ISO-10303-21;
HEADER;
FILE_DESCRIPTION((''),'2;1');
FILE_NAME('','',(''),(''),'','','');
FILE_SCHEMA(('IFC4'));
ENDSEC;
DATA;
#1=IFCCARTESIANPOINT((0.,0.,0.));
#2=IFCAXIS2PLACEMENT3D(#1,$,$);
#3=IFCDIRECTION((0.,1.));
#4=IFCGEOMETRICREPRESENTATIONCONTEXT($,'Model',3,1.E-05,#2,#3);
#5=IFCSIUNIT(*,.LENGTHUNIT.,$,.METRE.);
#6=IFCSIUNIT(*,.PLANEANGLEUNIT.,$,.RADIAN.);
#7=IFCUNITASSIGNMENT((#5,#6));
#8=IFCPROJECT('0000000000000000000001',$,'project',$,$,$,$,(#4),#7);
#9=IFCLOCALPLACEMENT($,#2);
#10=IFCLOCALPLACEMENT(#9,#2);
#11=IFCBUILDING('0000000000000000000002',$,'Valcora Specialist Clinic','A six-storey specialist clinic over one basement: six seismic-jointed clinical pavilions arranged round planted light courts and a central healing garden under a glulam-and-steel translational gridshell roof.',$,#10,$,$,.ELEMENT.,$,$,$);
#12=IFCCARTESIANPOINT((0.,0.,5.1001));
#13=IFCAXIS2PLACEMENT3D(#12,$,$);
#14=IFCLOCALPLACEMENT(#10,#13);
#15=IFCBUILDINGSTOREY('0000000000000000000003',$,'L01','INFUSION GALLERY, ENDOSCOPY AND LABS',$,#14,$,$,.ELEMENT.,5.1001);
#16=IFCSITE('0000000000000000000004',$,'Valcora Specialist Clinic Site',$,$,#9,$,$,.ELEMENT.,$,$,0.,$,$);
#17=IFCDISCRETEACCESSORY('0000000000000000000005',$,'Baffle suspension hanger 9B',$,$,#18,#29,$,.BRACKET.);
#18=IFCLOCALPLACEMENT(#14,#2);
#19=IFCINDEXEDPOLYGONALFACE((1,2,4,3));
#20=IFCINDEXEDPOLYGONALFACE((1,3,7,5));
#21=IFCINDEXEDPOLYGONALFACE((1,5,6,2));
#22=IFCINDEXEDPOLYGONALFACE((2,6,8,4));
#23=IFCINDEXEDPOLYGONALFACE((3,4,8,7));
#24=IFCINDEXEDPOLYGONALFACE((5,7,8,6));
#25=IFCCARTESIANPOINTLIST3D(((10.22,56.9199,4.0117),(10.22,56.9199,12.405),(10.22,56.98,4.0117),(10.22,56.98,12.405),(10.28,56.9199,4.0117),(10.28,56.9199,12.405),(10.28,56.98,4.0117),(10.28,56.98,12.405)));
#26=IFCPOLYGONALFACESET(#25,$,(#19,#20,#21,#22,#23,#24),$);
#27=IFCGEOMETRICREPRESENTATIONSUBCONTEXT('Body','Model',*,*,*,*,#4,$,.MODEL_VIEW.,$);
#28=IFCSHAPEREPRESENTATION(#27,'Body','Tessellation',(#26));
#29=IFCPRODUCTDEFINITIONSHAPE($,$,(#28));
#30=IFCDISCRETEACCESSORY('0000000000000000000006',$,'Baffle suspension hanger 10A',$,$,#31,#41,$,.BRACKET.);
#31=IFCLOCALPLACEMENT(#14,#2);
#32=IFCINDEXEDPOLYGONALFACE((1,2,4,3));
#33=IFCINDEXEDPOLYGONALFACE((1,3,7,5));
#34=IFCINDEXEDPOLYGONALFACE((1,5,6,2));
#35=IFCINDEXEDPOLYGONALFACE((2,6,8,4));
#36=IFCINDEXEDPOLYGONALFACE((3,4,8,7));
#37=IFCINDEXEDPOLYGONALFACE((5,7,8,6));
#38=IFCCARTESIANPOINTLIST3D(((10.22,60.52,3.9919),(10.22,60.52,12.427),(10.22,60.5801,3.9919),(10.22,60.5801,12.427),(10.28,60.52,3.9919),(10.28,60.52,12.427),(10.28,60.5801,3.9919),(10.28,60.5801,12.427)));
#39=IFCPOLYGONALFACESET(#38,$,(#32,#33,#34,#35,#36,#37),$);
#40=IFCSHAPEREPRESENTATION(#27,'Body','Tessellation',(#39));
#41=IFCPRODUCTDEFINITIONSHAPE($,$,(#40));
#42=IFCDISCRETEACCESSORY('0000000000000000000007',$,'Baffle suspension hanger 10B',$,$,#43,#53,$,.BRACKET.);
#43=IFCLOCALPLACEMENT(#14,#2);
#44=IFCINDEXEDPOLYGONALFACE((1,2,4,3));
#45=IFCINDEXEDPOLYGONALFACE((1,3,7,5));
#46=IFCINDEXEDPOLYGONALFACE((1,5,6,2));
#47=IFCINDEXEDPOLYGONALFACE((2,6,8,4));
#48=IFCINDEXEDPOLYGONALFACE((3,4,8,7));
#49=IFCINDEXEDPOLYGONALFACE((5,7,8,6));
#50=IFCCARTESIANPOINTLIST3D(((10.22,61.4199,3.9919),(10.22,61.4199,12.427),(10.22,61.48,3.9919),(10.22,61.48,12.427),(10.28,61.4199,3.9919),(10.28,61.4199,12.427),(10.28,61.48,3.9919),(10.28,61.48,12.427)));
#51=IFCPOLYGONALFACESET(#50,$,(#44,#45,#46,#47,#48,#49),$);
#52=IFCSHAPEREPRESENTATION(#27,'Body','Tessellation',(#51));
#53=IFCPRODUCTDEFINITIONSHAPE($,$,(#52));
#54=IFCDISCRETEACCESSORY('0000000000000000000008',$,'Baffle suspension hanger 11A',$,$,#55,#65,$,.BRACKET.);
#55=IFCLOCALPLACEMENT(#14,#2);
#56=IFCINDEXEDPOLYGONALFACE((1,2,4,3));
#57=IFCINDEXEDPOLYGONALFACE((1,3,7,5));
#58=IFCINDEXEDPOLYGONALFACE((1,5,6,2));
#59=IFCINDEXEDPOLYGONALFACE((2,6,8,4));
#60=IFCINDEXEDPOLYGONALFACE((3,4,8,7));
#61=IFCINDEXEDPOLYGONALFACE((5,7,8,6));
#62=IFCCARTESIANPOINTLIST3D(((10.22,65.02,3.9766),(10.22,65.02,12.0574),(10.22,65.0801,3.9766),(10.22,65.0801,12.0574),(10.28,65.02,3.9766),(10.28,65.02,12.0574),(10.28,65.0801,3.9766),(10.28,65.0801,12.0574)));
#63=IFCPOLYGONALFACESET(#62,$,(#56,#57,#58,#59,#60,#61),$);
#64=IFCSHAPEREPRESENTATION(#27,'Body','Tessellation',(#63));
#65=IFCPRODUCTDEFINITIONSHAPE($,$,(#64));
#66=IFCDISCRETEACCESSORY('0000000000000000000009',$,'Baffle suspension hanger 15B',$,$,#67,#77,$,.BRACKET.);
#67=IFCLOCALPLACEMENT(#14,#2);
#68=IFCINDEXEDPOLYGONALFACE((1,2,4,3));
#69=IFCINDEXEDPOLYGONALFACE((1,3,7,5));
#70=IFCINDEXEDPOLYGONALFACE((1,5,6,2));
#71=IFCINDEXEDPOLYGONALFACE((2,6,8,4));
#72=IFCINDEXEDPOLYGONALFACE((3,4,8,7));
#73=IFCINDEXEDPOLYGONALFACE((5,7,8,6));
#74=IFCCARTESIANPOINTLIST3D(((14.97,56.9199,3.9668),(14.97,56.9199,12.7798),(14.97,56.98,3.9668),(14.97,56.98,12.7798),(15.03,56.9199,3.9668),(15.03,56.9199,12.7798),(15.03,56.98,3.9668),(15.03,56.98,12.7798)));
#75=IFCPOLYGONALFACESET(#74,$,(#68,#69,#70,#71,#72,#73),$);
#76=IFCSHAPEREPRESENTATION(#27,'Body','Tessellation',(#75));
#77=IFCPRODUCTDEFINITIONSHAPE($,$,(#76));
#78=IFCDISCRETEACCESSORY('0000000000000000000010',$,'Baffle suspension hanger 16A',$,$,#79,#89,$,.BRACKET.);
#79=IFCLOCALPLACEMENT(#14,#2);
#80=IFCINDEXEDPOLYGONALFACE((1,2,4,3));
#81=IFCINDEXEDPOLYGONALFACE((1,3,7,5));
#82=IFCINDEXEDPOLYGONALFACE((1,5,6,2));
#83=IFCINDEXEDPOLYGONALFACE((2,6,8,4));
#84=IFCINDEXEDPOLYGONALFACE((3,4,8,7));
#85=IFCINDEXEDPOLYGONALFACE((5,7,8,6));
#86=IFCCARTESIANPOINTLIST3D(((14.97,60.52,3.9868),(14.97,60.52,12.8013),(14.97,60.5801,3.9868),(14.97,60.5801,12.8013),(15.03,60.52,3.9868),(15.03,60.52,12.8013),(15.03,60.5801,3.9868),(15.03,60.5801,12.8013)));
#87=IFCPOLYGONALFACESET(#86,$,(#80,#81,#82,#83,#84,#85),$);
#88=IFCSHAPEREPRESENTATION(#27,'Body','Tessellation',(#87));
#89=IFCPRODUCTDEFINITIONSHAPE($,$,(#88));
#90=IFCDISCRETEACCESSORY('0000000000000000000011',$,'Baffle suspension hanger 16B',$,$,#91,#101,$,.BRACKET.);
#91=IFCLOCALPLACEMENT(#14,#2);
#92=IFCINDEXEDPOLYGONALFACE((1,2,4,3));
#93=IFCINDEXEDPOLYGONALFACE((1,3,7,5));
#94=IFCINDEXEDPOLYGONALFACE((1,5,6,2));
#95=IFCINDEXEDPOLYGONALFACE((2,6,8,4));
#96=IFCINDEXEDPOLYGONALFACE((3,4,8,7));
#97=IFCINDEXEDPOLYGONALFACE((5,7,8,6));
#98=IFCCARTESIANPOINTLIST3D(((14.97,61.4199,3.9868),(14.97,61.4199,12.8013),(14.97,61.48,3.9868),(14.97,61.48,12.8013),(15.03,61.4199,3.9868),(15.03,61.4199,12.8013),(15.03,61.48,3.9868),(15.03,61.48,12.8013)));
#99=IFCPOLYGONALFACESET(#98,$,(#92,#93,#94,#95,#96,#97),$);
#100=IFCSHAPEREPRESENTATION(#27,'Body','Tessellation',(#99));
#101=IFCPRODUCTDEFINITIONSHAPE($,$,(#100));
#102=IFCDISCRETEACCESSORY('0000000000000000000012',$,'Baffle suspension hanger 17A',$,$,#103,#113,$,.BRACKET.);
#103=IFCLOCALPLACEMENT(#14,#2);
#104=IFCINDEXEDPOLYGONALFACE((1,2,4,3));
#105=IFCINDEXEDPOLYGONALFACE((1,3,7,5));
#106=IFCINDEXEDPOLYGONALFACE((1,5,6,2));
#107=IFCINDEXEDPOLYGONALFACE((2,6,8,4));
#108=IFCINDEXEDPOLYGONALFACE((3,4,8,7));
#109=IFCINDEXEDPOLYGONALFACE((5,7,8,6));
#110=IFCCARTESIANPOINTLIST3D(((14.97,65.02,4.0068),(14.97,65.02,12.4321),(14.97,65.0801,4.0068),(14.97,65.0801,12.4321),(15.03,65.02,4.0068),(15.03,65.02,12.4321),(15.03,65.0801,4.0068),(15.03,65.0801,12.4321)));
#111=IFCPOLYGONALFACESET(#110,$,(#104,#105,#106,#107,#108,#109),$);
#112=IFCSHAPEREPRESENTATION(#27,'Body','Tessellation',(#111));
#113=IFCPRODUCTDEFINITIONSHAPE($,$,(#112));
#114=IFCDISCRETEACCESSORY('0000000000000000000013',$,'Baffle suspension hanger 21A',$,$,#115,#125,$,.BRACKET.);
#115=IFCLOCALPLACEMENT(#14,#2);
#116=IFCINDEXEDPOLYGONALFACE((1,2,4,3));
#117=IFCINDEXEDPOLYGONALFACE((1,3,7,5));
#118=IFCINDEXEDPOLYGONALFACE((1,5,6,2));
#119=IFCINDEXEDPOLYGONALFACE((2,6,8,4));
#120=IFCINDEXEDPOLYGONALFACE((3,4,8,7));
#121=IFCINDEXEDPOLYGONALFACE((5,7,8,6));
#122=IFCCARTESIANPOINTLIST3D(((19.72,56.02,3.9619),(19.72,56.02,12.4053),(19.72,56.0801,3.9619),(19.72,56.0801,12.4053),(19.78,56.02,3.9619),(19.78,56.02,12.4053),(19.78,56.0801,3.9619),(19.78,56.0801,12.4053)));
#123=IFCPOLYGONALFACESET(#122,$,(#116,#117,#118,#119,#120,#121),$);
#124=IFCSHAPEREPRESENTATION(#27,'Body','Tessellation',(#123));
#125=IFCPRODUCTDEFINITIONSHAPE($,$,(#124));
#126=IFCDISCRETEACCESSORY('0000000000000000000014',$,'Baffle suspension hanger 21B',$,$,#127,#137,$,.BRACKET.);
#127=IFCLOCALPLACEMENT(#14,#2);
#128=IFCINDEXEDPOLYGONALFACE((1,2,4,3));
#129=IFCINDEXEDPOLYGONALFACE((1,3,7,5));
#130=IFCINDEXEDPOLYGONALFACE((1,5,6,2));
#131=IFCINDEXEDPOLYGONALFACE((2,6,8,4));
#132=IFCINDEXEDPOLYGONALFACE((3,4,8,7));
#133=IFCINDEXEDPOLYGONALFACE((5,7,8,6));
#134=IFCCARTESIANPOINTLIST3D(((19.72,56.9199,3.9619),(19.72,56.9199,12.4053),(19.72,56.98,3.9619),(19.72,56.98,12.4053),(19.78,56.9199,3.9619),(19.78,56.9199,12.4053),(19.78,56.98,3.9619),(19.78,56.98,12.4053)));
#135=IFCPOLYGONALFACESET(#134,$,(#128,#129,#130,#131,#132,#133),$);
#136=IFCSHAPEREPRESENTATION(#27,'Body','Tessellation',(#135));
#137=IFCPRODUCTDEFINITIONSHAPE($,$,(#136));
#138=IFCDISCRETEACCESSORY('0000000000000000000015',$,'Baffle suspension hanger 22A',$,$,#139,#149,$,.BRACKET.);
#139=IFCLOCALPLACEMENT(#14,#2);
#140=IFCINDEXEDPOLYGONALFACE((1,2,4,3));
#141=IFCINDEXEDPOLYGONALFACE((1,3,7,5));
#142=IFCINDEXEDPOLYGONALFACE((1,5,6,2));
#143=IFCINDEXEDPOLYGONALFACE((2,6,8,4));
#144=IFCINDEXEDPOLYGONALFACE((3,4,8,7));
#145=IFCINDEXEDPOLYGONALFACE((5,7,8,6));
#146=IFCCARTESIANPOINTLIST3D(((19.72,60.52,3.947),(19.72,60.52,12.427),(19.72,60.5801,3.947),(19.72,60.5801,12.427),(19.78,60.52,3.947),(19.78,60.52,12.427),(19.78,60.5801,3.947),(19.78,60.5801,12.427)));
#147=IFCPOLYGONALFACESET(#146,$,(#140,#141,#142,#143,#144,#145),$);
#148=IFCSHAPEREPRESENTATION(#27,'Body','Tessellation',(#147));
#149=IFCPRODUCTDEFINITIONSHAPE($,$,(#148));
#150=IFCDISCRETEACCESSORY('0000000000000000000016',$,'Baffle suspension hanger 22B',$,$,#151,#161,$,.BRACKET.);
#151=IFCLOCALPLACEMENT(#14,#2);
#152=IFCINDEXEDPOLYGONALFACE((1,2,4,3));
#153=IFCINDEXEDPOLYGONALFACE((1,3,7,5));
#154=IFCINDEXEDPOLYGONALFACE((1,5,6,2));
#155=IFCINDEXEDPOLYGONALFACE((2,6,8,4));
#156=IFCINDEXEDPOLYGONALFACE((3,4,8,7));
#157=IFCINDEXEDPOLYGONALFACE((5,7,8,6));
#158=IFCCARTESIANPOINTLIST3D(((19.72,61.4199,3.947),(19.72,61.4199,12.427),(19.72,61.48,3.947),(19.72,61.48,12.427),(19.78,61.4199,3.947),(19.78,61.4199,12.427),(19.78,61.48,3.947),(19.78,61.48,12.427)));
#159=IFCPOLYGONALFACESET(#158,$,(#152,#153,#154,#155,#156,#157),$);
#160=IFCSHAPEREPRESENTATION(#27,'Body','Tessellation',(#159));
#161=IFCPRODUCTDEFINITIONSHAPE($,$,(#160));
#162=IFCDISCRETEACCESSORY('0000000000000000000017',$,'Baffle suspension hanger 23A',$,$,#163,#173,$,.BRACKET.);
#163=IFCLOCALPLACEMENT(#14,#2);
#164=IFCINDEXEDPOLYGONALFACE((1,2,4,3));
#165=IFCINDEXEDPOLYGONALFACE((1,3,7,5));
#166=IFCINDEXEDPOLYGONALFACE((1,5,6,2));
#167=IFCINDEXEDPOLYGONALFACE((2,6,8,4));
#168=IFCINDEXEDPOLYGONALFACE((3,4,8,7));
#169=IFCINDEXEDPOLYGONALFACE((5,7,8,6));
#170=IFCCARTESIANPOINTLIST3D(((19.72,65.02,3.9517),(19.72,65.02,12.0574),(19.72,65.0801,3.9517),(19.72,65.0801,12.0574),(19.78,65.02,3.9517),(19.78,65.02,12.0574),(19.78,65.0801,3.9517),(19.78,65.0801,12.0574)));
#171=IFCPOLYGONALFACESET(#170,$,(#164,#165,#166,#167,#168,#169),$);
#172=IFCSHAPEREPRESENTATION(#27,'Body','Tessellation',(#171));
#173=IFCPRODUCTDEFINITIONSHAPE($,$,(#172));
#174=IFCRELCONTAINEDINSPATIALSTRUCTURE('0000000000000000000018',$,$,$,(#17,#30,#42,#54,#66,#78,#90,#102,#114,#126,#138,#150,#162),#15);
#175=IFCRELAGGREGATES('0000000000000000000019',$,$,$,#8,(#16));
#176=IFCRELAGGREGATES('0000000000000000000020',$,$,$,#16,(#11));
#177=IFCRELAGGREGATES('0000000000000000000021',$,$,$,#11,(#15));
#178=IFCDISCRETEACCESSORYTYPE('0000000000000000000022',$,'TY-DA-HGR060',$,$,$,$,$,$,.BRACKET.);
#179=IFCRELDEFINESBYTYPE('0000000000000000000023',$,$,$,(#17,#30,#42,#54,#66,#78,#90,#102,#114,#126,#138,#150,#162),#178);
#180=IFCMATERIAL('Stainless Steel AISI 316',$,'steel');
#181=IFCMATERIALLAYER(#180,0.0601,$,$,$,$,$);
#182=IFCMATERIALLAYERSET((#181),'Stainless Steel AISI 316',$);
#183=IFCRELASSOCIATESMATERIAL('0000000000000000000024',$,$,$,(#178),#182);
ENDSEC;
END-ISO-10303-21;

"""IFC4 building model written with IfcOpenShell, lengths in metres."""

from ifc_helpers import new_model, si_unit, direction, frame, origin, origin_2d, place, context, subcontext, project, spatial, rectangle, extrude, material, layer, layer_set, type_object, element, save


model = new_model("IFC4")

# Units and contexts
model_context = context("Model", 3, precision=1e-05, world=origin(), true_north=direction((0.0, 1.0)))
body_context = subcontext(model_context, "Body", "Model", "MODEL_VIEW")
ifc_project = project(units=[si_unit("LENGTHUNIT", "METRE"), si_unit("PLANEANGLEUNIT", "RADIAN")], contexts=[model_context])

# Site, building, storey
site_placement = place(None, origin())
site = spatial("IfcSite", under=ifc_project, at=site_placement, Name="Valcora Specialist Clinic Site", CompositionType="ELEMENT", RefElevation=0.0)
building_placement = place(site_placement, origin())
building = spatial("IfcBuilding", under=site, at=building_placement, Name="Valcora Specialist Clinic", Description="A six-storey specialist clinic over one basement: six seismic-jointed clinical pavilions arranged round planted light courts and a central healing garden under a glulam-and-steel translational gridshell roof.", CompositionType="ELEMENT")
storey_placement = place(building_placement, frame((0.0, 0.0, 5.1001)))
storey = spatial("IfcBuildingStorey", under=building, at=storey_placement, Name="L01", Description="INFUSION GALLERY, ENDOSCOPY AND LABS", CompositionType="ELEMENT", Elevation=5.1001)

# Discrete accessories
ifc_material_1 = material(Name="Stainless Steel AISI 316", Category="steel")
ifc_layer_1 = layer(ifc_material_1, 0.0601)
ifc_layer_set_1 = layer_set([ifc_layer_1], Name="Stainless Steel AISI 316")
discrete_accessory_type = type_object("IfcDiscreteAccessoryType", Name="TY-DA-HGR060", PredefinedType="BRACKET", material=ifc_layer_set_1)
discrete_accessory_1_placement = place(storey_placement, frame((10.25, 56.95, 4.0117), z_axis=(0.0, 0.0, 1.0), x_axis=(1.0, 0.0, 0.0)))
element("IfcDiscreteAccessory", 1, at=discrete_accessory_1_placement, inside=storey, type_object=discrete_accessory_type, Name="Baffle suspension hanger 9B", PredefinedType="BRACKET", context=body_context, shape_type="SweptSolid", body=[
    extrude(rectangle(XDim=0.0601, YDim=0.0601, at=origin_2d()), origin(), (0.0, 0.0, 1.0), 8.3933),
])
for number, where, z_axis, x_axis, name in (
    (2, (10.25, 60.55, 3.9919), (0.0, 0.0, 1.0), (1.0, 0.0, 0.0), "Baffle suspension hanger 10A"),
    (3, (10.25, 61.45, 3.9919), (0.0, 0.0, 1.0), (1.0, 0.0, 0.0), "Baffle suspension hanger 10B"),
):
    element("IfcDiscreteAccessory", number, at=place(storey_placement, frame(where, z_axis=z_axis, x_axis=x_axis)), inside=storey, type_object=discrete_accessory_type, Name=name, PredefinedType="BRACKET", context=body_context, shape_type="SweptSolid", body=[
        extrude(rectangle(XDim=0.0601, YDim=0.0601, at=origin_2d()), origin(), (0.0, 0.0, 1.0), 8.4351),
    ])
discrete_accessory_2_placement = place(storey_placement, frame((10.25, 65.05, 3.9766), z_axis=(0.0, 0.0, 1.0), x_axis=(1.0, 0.0, 0.0)))
element("IfcDiscreteAccessory", 4, at=discrete_accessory_2_placement, inside=storey, type_object=discrete_accessory_type, Name="Baffle suspension hanger 11A", PredefinedType="BRACKET", context=body_context, shape_type="SweptSolid", body=[
    extrude(rectangle(XDim=0.0601, YDim=0.0601, at=origin_2d()), origin(), (0.0, 0.0, 1.0), 8.0808),
])
discrete_accessory_3_placement = place(storey_placement, frame((15.0, 56.95, 3.9668), z_axis=(0.0, 0.0, 1.0), x_axis=(1.0, 0.0, 0.0)))
element("IfcDiscreteAccessory", 5, at=discrete_accessory_3_placement, inside=storey, type_object=discrete_accessory_type, Name="Baffle suspension hanger 15B", PredefinedType="BRACKET", context=body_context, shape_type="SweptSolid", body=[
    extrude(rectangle(XDim=0.0601, YDim=0.0601, at=origin_2d()), origin(), (0.0, 0.0, 1.0), 8.813),
])
for number, where, z_axis, x_axis, name in (
    (6, (15.0, 60.55, 3.9868), (0.0, 0.0, 1.0), (1.0, 0.0, 0.0), "Baffle suspension hanger 16A"),
    (7, (15.0, 61.45, 3.9868), (0.0, 0.0, 1.0), (1.0, 0.0, 0.0), "Baffle suspension hanger 16B"),
):
    element("IfcDiscreteAccessory", number, at=place(storey_placement, frame(where, z_axis=z_axis, x_axis=x_axis)), inside=storey, type_object=discrete_accessory_type, Name=name, PredefinedType="BRACKET", context=body_context, shape_type="SweptSolid", body=[
        extrude(rectangle(XDim=0.0601, YDim=0.0601, at=origin_2d()), origin(), (0.0, 0.0, 1.0), 8.8145),
    ])
discrete_accessory_4_placement = place(storey_placement, frame((15.0, 65.05, 4.0068), z_axis=(0.0, 0.0, 1.0), x_axis=(1.0, 0.0, 0.0)))
element("IfcDiscreteAccessory", 8, at=discrete_accessory_4_placement, inside=storey, type_object=discrete_accessory_type, Name="Baffle suspension hanger 17A", PredefinedType="BRACKET", context=body_context, shape_type="SweptSolid", body=[
    extrude(rectangle(XDim=0.0601, YDim=0.0601, at=origin_2d()), origin(), (0.0, 0.0, 1.0), 8.4253),
])
for number, where, z_axis, x_axis, name in (
    (9, (19.75, 56.05, 3.9619), (0.0, 0.0, 1.0), (1.0, 0.0, 0.0), "Baffle suspension hanger 21A"),
    (10, (19.75, 56.95, 3.9619), (0.0, 0.0, 1.0), (1.0, 0.0, 0.0), "Baffle suspension hanger 21B"),
):
    element("IfcDiscreteAccessory", number, at=place(storey_placement, frame(where, z_axis=z_axis, x_axis=x_axis)), inside=storey, type_object=discrete_accessory_type, Name=name, PredefinedType="BRACKET", context=body_context, shape_type="SweptSolid", body=[
        extrude(rectangle(XDim=0.0601, YDim=0.0601, at=origin_2d()), origin(), (0.0, 0.0, 1.0), 8.4434),
    ])
for number, where, z_axis, x_axis, name in (
    (11, (19.75, 60.55, 3.947), (0.0, 0.0, 1.0), (1.0, 0.0, 0.0), "Baffle suspension hanger 22A"),
    (12, (19.75, 61.45, 3.947), (0.0, 0.0, 1.0), (1.0, 0.0, 0.0), "Baffle suspension hanger 22B"),
):
    element("IfcDiscreteAccessory", number, at=place(storey_placement, frame(where, z_axis=z_axis, x_axis=x_axis)), inside=storey, type_object=discrete_accessory_type, Name=name, PredefinedType="BRACKET", context=body_context, shape_type="SweptSolid", body=[
        extrude(rectangle(XDim=0.0601, YDim=0.0601, at=origin_2d()), origin(), (0.0, 0.0, 1.0), 8.48),
    ])
discrete_accessory_5_placement = place(storey_placement, frame((19.75, 65.05, 3.9517), z_axis=(0.0, 0.0, 1.0), x_axis=(1.0, 0.0, 0.0)))
element("IfcDiscreteAccessory", 13, at=discrete_accessory_5_placement, inside=storey, type_object=discrete_accessory_type, Name="Baffle suspension hanger 23A", PredefinedType="BRACKET", context=body_context, shape_type="SweptSolid", body=[
    extrude(rectangle(XDim=0.0601, YDim=0.0601, at=origin_2d()), origin(), (0.0, 0.0, 1.0), 8.1057),
])

save(model, "model.ifc")
